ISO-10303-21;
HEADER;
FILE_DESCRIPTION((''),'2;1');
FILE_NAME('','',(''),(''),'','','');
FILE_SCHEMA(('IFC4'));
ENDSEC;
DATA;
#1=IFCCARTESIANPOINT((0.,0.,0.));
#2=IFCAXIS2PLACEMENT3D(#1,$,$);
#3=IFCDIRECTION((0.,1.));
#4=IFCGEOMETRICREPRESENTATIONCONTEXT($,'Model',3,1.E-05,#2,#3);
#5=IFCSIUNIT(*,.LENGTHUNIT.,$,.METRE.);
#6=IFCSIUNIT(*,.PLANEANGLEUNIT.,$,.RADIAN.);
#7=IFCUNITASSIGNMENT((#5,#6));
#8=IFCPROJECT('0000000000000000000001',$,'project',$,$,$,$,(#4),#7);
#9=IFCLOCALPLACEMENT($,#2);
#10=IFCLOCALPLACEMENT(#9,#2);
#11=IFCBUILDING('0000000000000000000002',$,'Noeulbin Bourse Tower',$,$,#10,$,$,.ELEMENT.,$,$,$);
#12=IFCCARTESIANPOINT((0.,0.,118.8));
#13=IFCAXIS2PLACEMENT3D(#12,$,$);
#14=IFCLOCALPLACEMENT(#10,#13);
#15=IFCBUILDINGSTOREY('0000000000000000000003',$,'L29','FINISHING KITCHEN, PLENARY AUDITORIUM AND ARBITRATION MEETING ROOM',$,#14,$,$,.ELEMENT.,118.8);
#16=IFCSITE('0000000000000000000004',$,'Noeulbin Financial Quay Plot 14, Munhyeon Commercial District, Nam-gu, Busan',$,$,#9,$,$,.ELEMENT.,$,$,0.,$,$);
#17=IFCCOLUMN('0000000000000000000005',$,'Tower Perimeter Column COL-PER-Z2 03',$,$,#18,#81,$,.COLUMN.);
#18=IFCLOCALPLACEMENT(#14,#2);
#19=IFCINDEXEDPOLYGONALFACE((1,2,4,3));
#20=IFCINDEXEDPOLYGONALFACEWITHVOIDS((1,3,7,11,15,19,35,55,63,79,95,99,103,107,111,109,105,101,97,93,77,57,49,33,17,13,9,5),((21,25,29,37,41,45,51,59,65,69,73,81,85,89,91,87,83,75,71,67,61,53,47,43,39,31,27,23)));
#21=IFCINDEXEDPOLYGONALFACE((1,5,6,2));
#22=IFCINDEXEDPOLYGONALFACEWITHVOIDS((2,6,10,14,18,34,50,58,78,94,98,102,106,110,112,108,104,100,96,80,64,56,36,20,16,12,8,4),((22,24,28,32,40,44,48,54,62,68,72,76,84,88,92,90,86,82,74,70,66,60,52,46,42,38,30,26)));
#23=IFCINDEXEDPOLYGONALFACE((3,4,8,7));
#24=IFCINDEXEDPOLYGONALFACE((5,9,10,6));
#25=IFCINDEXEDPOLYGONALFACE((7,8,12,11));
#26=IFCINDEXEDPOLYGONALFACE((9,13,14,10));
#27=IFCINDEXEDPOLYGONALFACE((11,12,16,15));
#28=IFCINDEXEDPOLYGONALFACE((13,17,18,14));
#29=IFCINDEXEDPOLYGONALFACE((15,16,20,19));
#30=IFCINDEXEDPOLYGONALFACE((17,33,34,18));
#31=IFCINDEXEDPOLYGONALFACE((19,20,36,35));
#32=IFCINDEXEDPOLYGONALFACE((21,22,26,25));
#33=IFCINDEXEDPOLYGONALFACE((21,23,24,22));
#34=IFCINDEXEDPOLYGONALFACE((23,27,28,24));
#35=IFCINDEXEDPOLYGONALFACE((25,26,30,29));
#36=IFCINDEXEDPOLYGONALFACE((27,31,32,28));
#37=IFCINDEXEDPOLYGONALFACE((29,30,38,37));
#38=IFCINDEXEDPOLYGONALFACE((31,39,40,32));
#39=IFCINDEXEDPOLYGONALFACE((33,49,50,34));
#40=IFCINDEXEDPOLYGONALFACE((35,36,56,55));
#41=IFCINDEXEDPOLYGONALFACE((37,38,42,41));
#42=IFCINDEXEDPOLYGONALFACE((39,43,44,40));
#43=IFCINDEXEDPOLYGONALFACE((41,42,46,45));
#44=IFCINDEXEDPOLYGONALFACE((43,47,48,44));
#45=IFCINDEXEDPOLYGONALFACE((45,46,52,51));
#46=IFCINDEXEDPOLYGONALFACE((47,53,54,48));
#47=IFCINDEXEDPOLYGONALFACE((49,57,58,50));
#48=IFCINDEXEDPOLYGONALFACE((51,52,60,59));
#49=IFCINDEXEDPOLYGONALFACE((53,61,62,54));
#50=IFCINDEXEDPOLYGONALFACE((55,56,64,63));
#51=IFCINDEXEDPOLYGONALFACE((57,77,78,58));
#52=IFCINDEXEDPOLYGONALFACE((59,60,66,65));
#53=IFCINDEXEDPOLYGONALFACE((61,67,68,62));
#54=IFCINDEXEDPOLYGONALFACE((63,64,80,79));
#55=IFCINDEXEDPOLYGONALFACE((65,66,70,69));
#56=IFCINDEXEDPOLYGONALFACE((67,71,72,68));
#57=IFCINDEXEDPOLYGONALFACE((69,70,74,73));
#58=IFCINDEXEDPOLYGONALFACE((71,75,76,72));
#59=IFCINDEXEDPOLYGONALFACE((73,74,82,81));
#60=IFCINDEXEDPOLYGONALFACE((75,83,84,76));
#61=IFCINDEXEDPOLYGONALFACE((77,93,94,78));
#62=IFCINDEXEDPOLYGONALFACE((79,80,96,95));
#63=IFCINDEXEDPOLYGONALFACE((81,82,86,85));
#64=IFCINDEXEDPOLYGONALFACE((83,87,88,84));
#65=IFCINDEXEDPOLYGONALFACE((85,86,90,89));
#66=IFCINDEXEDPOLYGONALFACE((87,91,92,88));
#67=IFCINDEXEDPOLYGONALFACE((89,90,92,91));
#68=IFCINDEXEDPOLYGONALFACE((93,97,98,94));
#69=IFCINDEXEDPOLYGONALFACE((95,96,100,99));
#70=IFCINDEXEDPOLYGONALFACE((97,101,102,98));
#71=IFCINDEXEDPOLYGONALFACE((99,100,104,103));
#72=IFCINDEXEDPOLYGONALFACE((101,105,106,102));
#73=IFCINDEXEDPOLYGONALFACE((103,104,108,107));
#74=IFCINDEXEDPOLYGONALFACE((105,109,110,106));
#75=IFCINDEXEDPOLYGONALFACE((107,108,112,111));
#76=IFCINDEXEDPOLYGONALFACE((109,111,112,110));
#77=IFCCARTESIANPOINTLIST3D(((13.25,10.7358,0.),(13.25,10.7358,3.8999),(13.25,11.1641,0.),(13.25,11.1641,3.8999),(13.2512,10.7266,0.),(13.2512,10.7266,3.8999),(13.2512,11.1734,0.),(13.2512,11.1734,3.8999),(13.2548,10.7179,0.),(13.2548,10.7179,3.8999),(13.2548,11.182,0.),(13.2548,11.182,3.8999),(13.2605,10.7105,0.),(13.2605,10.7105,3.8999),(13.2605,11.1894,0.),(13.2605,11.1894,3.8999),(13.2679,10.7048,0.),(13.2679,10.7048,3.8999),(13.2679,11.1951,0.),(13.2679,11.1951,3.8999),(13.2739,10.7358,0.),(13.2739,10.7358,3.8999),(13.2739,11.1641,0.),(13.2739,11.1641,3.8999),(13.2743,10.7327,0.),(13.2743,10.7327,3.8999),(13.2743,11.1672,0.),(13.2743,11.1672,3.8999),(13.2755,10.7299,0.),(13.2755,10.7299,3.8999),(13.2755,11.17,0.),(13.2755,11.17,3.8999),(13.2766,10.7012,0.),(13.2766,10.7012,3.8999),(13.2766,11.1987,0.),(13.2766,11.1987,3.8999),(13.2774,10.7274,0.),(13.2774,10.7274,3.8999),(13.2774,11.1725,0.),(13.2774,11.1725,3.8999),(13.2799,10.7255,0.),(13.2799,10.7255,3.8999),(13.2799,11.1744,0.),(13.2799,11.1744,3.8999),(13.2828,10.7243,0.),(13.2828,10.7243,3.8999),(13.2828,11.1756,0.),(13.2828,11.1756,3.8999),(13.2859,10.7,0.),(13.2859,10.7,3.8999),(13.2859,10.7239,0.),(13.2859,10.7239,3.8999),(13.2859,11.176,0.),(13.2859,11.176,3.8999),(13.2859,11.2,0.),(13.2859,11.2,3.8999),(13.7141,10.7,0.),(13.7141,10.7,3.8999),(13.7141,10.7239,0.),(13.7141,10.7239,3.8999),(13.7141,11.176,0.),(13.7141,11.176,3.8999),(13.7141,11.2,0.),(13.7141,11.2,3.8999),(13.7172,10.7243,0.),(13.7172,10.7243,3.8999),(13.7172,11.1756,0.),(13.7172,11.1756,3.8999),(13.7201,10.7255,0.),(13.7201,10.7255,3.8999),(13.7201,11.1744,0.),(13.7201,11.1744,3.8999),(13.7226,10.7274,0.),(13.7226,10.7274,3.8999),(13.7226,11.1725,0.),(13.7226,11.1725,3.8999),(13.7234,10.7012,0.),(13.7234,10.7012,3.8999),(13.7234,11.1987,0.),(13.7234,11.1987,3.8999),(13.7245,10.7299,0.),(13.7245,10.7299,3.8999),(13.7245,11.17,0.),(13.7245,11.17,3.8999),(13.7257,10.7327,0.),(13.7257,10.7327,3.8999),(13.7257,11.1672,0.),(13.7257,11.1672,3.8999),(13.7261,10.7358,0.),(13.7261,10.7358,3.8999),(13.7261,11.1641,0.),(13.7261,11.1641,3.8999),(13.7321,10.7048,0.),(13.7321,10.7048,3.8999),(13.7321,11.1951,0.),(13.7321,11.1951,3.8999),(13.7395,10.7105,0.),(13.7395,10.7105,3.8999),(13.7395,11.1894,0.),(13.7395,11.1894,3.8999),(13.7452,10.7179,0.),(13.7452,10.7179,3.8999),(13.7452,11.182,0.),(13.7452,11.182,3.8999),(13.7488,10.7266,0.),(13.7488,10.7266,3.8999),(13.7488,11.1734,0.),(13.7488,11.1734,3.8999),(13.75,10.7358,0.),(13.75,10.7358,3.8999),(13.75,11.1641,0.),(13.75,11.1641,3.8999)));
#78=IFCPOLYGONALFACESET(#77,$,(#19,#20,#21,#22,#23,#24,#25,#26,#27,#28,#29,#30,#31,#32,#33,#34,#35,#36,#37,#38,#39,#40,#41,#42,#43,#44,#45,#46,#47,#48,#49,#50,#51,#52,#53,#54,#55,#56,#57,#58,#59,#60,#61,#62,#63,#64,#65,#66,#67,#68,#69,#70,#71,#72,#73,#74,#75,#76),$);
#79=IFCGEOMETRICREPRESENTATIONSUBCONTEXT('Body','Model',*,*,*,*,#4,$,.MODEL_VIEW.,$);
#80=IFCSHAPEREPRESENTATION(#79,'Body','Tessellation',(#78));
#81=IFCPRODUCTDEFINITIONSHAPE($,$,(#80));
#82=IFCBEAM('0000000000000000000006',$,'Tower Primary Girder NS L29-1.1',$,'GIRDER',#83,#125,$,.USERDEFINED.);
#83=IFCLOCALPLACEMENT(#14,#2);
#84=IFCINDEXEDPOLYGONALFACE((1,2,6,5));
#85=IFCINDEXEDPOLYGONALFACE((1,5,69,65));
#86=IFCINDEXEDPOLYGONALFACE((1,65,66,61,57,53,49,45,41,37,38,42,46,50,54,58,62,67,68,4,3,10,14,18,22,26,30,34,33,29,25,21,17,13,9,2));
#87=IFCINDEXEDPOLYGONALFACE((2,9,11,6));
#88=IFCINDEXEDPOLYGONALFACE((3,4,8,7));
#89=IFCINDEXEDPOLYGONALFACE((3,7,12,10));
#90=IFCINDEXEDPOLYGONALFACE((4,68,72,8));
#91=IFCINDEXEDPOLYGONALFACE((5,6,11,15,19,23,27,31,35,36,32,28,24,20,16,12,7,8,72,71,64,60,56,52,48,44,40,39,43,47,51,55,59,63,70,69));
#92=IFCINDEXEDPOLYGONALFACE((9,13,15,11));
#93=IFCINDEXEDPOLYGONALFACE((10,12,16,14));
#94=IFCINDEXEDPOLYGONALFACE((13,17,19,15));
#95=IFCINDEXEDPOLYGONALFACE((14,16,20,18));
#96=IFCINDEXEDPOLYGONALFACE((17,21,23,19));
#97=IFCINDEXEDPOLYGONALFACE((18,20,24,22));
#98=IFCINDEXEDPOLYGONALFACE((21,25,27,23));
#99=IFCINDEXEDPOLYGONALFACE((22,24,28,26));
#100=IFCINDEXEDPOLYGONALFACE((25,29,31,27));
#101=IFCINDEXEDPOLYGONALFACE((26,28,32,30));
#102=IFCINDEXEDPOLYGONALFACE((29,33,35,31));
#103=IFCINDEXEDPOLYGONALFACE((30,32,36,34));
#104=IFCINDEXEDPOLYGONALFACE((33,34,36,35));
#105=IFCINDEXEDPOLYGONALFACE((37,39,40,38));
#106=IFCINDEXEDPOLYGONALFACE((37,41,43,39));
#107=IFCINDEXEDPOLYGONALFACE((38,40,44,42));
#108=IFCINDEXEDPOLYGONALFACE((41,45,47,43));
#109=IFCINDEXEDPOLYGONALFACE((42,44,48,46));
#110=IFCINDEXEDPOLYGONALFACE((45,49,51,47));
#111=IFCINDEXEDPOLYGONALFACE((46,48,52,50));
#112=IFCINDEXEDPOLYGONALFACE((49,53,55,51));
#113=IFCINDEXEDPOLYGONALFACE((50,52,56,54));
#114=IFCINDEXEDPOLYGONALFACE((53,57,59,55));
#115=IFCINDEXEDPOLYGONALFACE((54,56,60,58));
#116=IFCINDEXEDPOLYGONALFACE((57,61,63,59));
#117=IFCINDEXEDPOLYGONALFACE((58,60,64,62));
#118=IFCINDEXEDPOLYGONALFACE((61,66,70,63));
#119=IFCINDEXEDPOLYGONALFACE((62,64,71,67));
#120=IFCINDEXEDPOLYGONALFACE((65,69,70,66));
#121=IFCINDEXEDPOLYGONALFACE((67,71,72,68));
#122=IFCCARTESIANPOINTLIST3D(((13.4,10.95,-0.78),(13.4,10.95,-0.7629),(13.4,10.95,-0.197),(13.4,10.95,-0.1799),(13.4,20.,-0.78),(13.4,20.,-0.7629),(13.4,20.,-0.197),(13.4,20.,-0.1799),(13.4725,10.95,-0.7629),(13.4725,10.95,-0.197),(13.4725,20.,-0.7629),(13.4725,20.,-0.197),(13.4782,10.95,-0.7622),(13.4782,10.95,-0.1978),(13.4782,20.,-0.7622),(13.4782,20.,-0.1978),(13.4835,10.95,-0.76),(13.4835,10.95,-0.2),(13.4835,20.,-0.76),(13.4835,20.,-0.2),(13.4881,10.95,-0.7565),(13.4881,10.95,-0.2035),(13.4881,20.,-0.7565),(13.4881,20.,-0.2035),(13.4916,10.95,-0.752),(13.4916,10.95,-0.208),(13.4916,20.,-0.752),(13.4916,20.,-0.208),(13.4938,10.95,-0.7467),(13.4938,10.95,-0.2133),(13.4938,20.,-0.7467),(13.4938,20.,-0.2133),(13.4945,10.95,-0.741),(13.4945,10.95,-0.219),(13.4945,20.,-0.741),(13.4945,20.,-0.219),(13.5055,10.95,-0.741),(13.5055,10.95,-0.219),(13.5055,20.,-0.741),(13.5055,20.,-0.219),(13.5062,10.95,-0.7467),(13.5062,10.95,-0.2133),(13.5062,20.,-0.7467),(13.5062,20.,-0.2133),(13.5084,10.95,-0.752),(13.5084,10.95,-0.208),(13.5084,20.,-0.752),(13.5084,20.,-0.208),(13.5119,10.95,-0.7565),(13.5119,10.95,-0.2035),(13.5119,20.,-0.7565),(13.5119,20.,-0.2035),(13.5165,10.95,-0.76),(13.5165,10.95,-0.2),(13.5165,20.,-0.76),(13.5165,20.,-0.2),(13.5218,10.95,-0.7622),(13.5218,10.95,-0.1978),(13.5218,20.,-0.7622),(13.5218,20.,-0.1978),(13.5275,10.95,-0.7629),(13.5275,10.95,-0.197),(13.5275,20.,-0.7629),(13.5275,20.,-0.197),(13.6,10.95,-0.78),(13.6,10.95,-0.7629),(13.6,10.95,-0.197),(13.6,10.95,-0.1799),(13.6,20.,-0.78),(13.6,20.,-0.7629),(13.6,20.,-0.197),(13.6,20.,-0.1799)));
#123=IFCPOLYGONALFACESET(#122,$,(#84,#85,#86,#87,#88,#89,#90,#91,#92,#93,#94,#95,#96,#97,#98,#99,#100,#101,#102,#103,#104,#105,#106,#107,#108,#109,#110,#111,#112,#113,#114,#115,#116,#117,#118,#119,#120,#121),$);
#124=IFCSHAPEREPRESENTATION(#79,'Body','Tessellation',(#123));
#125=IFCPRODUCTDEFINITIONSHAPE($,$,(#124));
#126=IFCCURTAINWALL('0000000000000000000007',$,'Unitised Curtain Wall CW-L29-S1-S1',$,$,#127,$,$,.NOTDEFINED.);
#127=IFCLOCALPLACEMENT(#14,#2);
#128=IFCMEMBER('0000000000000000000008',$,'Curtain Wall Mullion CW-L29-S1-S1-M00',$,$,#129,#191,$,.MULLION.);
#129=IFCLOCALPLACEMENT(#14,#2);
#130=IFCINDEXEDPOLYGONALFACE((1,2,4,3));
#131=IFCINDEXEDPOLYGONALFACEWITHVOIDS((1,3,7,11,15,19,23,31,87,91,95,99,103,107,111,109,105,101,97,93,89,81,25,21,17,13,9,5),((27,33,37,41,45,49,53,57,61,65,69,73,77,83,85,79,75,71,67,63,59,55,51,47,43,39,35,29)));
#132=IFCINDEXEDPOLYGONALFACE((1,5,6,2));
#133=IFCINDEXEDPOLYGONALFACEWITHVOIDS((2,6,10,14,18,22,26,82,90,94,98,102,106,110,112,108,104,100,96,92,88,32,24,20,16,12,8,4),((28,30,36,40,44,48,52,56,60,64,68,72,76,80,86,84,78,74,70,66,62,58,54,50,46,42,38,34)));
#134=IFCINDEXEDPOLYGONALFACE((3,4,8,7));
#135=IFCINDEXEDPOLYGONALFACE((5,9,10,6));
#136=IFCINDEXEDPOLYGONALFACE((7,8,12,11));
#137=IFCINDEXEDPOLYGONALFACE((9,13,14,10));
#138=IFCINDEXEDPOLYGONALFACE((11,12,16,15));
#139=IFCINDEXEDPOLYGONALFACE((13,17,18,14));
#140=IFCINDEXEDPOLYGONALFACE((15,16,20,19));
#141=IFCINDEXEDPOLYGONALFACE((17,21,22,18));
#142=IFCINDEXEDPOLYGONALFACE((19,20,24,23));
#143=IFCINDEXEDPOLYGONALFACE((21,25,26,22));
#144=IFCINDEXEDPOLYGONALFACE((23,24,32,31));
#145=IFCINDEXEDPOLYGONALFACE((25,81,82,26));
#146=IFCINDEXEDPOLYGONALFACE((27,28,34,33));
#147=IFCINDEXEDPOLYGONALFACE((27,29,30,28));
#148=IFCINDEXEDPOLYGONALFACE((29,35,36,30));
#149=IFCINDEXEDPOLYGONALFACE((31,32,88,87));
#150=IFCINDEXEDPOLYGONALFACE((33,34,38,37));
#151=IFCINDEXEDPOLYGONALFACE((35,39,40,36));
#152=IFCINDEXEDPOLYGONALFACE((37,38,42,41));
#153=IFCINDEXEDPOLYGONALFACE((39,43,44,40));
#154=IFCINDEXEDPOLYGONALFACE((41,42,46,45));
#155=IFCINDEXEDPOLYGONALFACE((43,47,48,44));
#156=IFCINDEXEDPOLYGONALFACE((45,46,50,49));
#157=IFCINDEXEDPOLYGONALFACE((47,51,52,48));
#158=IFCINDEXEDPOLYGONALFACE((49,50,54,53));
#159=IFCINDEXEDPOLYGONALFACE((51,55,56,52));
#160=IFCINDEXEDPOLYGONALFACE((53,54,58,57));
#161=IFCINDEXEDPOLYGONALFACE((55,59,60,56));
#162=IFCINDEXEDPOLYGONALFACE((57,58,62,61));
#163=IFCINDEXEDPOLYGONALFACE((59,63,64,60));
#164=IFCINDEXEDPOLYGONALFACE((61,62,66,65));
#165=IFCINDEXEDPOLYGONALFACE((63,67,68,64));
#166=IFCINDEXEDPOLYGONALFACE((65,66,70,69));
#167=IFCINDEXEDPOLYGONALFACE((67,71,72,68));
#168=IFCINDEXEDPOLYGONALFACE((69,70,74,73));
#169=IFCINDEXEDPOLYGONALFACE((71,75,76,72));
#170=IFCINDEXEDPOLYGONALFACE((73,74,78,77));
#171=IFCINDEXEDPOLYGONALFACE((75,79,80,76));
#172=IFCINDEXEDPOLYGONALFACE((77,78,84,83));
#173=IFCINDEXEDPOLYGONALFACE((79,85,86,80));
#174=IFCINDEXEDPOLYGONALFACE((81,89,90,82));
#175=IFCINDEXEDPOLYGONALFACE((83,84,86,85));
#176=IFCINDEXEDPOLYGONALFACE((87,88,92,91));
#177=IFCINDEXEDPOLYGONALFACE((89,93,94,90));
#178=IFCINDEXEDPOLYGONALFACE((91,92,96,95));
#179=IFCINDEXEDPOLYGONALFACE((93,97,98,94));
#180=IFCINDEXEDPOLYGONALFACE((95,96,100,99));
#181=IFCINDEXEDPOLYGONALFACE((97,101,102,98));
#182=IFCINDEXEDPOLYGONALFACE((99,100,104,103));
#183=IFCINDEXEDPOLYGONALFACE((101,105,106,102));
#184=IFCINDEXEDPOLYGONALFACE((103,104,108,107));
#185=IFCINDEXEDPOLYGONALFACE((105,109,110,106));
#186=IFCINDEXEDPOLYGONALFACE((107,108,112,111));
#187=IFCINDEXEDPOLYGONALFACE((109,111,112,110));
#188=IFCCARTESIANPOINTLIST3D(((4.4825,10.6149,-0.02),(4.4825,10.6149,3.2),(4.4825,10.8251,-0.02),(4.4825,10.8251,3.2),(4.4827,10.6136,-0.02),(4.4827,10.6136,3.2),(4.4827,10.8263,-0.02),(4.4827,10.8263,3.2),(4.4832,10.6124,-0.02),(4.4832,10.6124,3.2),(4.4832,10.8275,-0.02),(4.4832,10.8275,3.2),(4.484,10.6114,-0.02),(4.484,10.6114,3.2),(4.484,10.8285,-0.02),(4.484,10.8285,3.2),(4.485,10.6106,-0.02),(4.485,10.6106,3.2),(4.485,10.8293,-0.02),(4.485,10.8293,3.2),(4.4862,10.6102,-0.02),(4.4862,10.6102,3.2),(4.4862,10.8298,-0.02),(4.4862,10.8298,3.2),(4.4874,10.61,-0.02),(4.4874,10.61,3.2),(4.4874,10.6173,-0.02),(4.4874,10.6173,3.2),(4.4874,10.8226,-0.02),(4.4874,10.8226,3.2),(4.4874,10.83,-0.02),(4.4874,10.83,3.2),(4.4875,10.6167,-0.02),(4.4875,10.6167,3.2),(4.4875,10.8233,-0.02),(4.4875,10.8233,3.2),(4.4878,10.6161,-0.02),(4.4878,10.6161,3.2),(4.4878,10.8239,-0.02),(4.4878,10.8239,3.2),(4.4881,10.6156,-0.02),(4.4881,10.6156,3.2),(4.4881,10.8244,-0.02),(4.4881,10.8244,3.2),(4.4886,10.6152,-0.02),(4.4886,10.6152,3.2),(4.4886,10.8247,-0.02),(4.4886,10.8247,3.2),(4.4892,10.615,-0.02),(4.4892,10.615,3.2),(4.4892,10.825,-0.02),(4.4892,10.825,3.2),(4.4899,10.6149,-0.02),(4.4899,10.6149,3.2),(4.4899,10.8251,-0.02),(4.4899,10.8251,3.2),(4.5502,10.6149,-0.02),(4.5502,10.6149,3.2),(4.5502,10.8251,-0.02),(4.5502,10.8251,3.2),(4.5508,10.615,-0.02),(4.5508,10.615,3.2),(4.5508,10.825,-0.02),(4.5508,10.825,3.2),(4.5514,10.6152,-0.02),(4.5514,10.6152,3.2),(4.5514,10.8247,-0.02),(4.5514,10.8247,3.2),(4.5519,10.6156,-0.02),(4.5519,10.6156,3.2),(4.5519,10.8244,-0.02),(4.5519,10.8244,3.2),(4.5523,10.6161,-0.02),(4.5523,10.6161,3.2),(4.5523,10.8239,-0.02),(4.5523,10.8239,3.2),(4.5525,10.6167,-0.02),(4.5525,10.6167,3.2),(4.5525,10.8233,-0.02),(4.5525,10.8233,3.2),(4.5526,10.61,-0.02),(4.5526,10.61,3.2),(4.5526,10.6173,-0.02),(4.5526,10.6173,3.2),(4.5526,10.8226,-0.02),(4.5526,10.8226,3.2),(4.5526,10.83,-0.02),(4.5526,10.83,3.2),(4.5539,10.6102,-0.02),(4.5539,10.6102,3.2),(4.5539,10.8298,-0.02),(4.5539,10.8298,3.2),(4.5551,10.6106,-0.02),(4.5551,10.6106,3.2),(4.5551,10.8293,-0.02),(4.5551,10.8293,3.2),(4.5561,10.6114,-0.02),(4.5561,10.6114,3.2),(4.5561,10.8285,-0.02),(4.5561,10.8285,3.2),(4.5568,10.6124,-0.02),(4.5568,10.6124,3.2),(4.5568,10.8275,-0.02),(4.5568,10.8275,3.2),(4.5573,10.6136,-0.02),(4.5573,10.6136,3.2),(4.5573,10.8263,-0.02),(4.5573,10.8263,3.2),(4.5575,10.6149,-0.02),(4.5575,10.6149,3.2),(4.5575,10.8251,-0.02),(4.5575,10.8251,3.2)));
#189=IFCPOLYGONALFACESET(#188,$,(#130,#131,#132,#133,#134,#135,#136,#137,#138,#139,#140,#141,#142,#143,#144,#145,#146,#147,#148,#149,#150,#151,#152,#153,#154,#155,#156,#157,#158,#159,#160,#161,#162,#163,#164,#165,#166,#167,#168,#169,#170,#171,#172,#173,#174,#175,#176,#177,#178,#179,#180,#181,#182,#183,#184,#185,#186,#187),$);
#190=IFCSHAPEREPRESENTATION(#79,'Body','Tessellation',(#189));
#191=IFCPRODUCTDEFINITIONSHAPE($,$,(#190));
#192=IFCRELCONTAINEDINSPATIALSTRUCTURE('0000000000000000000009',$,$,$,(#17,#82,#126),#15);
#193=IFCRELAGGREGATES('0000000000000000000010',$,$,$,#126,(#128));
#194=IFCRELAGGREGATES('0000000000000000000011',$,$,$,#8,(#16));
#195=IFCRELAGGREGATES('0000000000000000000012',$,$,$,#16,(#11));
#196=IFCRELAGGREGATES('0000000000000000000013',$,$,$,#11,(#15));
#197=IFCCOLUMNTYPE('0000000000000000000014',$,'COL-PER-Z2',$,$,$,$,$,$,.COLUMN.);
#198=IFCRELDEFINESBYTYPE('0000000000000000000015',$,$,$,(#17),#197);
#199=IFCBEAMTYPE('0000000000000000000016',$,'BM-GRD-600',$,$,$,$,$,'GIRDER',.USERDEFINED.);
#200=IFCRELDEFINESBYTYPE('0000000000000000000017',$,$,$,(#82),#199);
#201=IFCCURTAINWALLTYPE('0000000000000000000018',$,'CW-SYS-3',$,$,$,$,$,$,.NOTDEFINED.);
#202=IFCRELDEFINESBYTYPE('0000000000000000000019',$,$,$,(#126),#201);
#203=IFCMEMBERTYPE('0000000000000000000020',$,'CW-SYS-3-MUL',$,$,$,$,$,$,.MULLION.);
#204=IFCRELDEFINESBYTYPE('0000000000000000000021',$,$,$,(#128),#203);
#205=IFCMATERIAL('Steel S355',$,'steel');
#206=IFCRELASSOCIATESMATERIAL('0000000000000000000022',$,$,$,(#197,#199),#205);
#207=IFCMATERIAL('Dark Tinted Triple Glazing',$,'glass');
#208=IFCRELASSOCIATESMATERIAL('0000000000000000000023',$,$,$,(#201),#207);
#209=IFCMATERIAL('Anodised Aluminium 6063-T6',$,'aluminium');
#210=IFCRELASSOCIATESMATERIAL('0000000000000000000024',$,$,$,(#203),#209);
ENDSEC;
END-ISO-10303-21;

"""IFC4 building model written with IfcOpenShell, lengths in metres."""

from ifc_helpers import new_model, si_unit, direction, frame, origin, origin_2d, place, context, subcontext, project, spatial, hollow_rectangle, i_section, extrude, material, material_profile, profile_set, type_object, element, aggregate, save


model = new_model("IFC4")

# Units and contexts
model_context = context("Model", 3, precision=1e-05, world=origin(), true_north=direction((0.0, 1.0)))
body_context = subcontext(model_context, "Body", "Model", "MODEL_VIEW")
ifc_project = project(units=[si_unit("LENGTHUNIT", "METRE"), si_unit("PLANEANGLEUNIT", "RADIAN")], contexts=[model_context])

# Site, building, storey
site_placement = place(None, origin())
site = spatial("IfcSite", under=ifc_project, at=site_placement, Name="Noeulbin Financial Quay Plot 14, Munhyeon Commercial District, Nam-gu, Busan", CompositionType="ELEMENT", RefElevation=0.0)
building_placement = place(site_placement, origin())
building = spatial("IfcBuilding", under=site, at=building_placement, Name="Noeulbin Bourse Tower", CompositionType="ELEMENT")
storey_placement = place(building_placement, frame((0.0, 0.0, 118.8)))
storey = spatial("IfcBuildingStorey", under=building, at=storey_placement, Name="L29", Description="FINISHING KITCHEN, PLENARY AUDITORIUM AND ARBITRATION MEETING ROOM", CompositionType="ELEMENT", Elevation=118.8)

# Column
ifc_material_1 = material(Name="Steel S355", Category="steel")
ifc_material_profile_1 = material_profile(ifc_material_1, hollow_rectangle(XDim=0.5, YDim=0.5, WallThickness=0.0239, InnerFilletRadius=0.012, OuterFilletRadius=0.0359, at=origin_2d()), Name="BOX-500x500x24", Category="LoadBearing")
ifc_profile_set_1 = profile_set([ifc_material_profile_1], Name="Steel S355")
column_type = type_object("IfcColumnType", Name="COL-PER-Z2", PredefinedType="COLUMN", material=ifc_profile_set_1)
column_placement = place(storey_placement, frame((13.5, 10.95, 0.0), z_axis=(0.0, 0.0, 1.0), x_axis=(1.0, 0.0, 0.0)))
element("IfcColumn", 1, at=column_placement, inside=storey, type_object=column_type, Name="Tower Perimeter Column COL-PER-Z2 03", PredefinedType="COLUMN", context=body_context, shape_type="SweptSolid", body=[
    extrude(hollow_rectangle(XDim=0.5, YDim=0.5, WallThickness=0.0239, InnerFilletRadius=0.012, OuterFilletRadius=0.0359, at=origin_2d()), origin(), (0.0, 0.0, 1.0), 3.8999),
])

# Beam
ifc_material_profile_2 = material_profile(ifc_material_1, i_section(OverallWidth=0.2, OverallDepth=0.6001, WebThickness=0.011, FlangeThickness=0.0171, FilletRadius=0.022, at=origin_2d()), Name="H-600x200x11x17", Category="LoadBearing")
ifc_profile_set_2 = profile_set([ifc_material_profile_2], Name="Steel S355")
beam_type = type_object("IfcBeamType", Name="BM-GRD-600", ElementType="GIRDER", PredefinedType="USERDEFINED", material=ifc_profile_set_2)
beam_placement = place(storey_placement, frame((13.5, 10.95, -0.48), z_axis=(0.0, 1.0, 0.0), x_axis=(-1.0, 0.0, 0.0)))
element("IfcBeam", 2, at=beam_placement, inside=storey, type_object=beam_type, Name="Tower Primary Girder NS L29-1.1", ObjectType="GIRDER", PredefinedType="USERDEFINED", context=body_context, shape_type="SweptSolid", body=[
    extrude(i_section(OverallWidth=0.2, OverallDepth=0.6001, WebThickness=0.011, FlangeThickness=0.0171, FilletRadius=0.022, at=origin_2d()), origin(), (0.0, 0.0, 1.0), 9.05),
])

# Curtain wall, member
ifc_material_2 = material(Name="Dark Tinted Triple Glazing", Category="glass")
curtain_wall_type = type_object("IfcCurtainWallType", Name="CW-SYS-3", PredefinedType="NOTDEFINED", material=ifc_material_2)
curtain_wall_1_placement = place(storey_placement, origin())
curtain_wall_1 = element("IfcCurtainWall", 3, at=curtain_wall_1_placement, inside=storey, type_object=curtain_wall_type, Name="Unitised Curtain Wall CW-L29-S1-S1", PredefinedType="NOTDEFINED")
ifc_material_3 = material(Name="Anodised Aluminium 6063-T6", Category="aluminium")
ifc_material_profile_3 = material_profile(ifc_material_3, hollow_rectangle(XDim=0.075, YDim=0.22, WallThickness=0.0049, InnerFilletRadius=0.0024, OuterFilletRadius=0.0049, at=origin_2d()), Name="ALU-MULL-75x220x5", Category="LoadBearing")
ifc_profile_set_3 = profile_set([ifc_material_profile_3], Name="Anodised Aluminium 6063-T6")
member_type_1 = type_object("IfcMemberType", Name="CW-SYS-3-MUL", PredefinedType="MULLION", material=ifc_profile_set_3)
member_1_placement = place(storey_placement, frame((4.52, 10.72, -0.02), z_axis=(0.0, 0.0, 1.0), x_axis=(1.0, 0.0, 0.0)))
member_1 = element("IfcMember", 4, at=member_1_placement, type_object=member_type_1, Name="Curtain Wall Mullion CW-L29-S1-S1-M00", PredefinedType="MULLION", context=body_context, shape_type="SweptSolid", body=[
    extrude(hollow_rectangle(XDim=0.075, YDim=0.22, WallThickness=0.0049, InnerFilletRadius=0.0024, OuterFilletRadius=0.0049, at=origin_2d()), origin(), (0.0, 0.0, 1.0), 3.22),
])

aggregate(curtain_wall_1, [member_1])

save(model, "model.ifc")
